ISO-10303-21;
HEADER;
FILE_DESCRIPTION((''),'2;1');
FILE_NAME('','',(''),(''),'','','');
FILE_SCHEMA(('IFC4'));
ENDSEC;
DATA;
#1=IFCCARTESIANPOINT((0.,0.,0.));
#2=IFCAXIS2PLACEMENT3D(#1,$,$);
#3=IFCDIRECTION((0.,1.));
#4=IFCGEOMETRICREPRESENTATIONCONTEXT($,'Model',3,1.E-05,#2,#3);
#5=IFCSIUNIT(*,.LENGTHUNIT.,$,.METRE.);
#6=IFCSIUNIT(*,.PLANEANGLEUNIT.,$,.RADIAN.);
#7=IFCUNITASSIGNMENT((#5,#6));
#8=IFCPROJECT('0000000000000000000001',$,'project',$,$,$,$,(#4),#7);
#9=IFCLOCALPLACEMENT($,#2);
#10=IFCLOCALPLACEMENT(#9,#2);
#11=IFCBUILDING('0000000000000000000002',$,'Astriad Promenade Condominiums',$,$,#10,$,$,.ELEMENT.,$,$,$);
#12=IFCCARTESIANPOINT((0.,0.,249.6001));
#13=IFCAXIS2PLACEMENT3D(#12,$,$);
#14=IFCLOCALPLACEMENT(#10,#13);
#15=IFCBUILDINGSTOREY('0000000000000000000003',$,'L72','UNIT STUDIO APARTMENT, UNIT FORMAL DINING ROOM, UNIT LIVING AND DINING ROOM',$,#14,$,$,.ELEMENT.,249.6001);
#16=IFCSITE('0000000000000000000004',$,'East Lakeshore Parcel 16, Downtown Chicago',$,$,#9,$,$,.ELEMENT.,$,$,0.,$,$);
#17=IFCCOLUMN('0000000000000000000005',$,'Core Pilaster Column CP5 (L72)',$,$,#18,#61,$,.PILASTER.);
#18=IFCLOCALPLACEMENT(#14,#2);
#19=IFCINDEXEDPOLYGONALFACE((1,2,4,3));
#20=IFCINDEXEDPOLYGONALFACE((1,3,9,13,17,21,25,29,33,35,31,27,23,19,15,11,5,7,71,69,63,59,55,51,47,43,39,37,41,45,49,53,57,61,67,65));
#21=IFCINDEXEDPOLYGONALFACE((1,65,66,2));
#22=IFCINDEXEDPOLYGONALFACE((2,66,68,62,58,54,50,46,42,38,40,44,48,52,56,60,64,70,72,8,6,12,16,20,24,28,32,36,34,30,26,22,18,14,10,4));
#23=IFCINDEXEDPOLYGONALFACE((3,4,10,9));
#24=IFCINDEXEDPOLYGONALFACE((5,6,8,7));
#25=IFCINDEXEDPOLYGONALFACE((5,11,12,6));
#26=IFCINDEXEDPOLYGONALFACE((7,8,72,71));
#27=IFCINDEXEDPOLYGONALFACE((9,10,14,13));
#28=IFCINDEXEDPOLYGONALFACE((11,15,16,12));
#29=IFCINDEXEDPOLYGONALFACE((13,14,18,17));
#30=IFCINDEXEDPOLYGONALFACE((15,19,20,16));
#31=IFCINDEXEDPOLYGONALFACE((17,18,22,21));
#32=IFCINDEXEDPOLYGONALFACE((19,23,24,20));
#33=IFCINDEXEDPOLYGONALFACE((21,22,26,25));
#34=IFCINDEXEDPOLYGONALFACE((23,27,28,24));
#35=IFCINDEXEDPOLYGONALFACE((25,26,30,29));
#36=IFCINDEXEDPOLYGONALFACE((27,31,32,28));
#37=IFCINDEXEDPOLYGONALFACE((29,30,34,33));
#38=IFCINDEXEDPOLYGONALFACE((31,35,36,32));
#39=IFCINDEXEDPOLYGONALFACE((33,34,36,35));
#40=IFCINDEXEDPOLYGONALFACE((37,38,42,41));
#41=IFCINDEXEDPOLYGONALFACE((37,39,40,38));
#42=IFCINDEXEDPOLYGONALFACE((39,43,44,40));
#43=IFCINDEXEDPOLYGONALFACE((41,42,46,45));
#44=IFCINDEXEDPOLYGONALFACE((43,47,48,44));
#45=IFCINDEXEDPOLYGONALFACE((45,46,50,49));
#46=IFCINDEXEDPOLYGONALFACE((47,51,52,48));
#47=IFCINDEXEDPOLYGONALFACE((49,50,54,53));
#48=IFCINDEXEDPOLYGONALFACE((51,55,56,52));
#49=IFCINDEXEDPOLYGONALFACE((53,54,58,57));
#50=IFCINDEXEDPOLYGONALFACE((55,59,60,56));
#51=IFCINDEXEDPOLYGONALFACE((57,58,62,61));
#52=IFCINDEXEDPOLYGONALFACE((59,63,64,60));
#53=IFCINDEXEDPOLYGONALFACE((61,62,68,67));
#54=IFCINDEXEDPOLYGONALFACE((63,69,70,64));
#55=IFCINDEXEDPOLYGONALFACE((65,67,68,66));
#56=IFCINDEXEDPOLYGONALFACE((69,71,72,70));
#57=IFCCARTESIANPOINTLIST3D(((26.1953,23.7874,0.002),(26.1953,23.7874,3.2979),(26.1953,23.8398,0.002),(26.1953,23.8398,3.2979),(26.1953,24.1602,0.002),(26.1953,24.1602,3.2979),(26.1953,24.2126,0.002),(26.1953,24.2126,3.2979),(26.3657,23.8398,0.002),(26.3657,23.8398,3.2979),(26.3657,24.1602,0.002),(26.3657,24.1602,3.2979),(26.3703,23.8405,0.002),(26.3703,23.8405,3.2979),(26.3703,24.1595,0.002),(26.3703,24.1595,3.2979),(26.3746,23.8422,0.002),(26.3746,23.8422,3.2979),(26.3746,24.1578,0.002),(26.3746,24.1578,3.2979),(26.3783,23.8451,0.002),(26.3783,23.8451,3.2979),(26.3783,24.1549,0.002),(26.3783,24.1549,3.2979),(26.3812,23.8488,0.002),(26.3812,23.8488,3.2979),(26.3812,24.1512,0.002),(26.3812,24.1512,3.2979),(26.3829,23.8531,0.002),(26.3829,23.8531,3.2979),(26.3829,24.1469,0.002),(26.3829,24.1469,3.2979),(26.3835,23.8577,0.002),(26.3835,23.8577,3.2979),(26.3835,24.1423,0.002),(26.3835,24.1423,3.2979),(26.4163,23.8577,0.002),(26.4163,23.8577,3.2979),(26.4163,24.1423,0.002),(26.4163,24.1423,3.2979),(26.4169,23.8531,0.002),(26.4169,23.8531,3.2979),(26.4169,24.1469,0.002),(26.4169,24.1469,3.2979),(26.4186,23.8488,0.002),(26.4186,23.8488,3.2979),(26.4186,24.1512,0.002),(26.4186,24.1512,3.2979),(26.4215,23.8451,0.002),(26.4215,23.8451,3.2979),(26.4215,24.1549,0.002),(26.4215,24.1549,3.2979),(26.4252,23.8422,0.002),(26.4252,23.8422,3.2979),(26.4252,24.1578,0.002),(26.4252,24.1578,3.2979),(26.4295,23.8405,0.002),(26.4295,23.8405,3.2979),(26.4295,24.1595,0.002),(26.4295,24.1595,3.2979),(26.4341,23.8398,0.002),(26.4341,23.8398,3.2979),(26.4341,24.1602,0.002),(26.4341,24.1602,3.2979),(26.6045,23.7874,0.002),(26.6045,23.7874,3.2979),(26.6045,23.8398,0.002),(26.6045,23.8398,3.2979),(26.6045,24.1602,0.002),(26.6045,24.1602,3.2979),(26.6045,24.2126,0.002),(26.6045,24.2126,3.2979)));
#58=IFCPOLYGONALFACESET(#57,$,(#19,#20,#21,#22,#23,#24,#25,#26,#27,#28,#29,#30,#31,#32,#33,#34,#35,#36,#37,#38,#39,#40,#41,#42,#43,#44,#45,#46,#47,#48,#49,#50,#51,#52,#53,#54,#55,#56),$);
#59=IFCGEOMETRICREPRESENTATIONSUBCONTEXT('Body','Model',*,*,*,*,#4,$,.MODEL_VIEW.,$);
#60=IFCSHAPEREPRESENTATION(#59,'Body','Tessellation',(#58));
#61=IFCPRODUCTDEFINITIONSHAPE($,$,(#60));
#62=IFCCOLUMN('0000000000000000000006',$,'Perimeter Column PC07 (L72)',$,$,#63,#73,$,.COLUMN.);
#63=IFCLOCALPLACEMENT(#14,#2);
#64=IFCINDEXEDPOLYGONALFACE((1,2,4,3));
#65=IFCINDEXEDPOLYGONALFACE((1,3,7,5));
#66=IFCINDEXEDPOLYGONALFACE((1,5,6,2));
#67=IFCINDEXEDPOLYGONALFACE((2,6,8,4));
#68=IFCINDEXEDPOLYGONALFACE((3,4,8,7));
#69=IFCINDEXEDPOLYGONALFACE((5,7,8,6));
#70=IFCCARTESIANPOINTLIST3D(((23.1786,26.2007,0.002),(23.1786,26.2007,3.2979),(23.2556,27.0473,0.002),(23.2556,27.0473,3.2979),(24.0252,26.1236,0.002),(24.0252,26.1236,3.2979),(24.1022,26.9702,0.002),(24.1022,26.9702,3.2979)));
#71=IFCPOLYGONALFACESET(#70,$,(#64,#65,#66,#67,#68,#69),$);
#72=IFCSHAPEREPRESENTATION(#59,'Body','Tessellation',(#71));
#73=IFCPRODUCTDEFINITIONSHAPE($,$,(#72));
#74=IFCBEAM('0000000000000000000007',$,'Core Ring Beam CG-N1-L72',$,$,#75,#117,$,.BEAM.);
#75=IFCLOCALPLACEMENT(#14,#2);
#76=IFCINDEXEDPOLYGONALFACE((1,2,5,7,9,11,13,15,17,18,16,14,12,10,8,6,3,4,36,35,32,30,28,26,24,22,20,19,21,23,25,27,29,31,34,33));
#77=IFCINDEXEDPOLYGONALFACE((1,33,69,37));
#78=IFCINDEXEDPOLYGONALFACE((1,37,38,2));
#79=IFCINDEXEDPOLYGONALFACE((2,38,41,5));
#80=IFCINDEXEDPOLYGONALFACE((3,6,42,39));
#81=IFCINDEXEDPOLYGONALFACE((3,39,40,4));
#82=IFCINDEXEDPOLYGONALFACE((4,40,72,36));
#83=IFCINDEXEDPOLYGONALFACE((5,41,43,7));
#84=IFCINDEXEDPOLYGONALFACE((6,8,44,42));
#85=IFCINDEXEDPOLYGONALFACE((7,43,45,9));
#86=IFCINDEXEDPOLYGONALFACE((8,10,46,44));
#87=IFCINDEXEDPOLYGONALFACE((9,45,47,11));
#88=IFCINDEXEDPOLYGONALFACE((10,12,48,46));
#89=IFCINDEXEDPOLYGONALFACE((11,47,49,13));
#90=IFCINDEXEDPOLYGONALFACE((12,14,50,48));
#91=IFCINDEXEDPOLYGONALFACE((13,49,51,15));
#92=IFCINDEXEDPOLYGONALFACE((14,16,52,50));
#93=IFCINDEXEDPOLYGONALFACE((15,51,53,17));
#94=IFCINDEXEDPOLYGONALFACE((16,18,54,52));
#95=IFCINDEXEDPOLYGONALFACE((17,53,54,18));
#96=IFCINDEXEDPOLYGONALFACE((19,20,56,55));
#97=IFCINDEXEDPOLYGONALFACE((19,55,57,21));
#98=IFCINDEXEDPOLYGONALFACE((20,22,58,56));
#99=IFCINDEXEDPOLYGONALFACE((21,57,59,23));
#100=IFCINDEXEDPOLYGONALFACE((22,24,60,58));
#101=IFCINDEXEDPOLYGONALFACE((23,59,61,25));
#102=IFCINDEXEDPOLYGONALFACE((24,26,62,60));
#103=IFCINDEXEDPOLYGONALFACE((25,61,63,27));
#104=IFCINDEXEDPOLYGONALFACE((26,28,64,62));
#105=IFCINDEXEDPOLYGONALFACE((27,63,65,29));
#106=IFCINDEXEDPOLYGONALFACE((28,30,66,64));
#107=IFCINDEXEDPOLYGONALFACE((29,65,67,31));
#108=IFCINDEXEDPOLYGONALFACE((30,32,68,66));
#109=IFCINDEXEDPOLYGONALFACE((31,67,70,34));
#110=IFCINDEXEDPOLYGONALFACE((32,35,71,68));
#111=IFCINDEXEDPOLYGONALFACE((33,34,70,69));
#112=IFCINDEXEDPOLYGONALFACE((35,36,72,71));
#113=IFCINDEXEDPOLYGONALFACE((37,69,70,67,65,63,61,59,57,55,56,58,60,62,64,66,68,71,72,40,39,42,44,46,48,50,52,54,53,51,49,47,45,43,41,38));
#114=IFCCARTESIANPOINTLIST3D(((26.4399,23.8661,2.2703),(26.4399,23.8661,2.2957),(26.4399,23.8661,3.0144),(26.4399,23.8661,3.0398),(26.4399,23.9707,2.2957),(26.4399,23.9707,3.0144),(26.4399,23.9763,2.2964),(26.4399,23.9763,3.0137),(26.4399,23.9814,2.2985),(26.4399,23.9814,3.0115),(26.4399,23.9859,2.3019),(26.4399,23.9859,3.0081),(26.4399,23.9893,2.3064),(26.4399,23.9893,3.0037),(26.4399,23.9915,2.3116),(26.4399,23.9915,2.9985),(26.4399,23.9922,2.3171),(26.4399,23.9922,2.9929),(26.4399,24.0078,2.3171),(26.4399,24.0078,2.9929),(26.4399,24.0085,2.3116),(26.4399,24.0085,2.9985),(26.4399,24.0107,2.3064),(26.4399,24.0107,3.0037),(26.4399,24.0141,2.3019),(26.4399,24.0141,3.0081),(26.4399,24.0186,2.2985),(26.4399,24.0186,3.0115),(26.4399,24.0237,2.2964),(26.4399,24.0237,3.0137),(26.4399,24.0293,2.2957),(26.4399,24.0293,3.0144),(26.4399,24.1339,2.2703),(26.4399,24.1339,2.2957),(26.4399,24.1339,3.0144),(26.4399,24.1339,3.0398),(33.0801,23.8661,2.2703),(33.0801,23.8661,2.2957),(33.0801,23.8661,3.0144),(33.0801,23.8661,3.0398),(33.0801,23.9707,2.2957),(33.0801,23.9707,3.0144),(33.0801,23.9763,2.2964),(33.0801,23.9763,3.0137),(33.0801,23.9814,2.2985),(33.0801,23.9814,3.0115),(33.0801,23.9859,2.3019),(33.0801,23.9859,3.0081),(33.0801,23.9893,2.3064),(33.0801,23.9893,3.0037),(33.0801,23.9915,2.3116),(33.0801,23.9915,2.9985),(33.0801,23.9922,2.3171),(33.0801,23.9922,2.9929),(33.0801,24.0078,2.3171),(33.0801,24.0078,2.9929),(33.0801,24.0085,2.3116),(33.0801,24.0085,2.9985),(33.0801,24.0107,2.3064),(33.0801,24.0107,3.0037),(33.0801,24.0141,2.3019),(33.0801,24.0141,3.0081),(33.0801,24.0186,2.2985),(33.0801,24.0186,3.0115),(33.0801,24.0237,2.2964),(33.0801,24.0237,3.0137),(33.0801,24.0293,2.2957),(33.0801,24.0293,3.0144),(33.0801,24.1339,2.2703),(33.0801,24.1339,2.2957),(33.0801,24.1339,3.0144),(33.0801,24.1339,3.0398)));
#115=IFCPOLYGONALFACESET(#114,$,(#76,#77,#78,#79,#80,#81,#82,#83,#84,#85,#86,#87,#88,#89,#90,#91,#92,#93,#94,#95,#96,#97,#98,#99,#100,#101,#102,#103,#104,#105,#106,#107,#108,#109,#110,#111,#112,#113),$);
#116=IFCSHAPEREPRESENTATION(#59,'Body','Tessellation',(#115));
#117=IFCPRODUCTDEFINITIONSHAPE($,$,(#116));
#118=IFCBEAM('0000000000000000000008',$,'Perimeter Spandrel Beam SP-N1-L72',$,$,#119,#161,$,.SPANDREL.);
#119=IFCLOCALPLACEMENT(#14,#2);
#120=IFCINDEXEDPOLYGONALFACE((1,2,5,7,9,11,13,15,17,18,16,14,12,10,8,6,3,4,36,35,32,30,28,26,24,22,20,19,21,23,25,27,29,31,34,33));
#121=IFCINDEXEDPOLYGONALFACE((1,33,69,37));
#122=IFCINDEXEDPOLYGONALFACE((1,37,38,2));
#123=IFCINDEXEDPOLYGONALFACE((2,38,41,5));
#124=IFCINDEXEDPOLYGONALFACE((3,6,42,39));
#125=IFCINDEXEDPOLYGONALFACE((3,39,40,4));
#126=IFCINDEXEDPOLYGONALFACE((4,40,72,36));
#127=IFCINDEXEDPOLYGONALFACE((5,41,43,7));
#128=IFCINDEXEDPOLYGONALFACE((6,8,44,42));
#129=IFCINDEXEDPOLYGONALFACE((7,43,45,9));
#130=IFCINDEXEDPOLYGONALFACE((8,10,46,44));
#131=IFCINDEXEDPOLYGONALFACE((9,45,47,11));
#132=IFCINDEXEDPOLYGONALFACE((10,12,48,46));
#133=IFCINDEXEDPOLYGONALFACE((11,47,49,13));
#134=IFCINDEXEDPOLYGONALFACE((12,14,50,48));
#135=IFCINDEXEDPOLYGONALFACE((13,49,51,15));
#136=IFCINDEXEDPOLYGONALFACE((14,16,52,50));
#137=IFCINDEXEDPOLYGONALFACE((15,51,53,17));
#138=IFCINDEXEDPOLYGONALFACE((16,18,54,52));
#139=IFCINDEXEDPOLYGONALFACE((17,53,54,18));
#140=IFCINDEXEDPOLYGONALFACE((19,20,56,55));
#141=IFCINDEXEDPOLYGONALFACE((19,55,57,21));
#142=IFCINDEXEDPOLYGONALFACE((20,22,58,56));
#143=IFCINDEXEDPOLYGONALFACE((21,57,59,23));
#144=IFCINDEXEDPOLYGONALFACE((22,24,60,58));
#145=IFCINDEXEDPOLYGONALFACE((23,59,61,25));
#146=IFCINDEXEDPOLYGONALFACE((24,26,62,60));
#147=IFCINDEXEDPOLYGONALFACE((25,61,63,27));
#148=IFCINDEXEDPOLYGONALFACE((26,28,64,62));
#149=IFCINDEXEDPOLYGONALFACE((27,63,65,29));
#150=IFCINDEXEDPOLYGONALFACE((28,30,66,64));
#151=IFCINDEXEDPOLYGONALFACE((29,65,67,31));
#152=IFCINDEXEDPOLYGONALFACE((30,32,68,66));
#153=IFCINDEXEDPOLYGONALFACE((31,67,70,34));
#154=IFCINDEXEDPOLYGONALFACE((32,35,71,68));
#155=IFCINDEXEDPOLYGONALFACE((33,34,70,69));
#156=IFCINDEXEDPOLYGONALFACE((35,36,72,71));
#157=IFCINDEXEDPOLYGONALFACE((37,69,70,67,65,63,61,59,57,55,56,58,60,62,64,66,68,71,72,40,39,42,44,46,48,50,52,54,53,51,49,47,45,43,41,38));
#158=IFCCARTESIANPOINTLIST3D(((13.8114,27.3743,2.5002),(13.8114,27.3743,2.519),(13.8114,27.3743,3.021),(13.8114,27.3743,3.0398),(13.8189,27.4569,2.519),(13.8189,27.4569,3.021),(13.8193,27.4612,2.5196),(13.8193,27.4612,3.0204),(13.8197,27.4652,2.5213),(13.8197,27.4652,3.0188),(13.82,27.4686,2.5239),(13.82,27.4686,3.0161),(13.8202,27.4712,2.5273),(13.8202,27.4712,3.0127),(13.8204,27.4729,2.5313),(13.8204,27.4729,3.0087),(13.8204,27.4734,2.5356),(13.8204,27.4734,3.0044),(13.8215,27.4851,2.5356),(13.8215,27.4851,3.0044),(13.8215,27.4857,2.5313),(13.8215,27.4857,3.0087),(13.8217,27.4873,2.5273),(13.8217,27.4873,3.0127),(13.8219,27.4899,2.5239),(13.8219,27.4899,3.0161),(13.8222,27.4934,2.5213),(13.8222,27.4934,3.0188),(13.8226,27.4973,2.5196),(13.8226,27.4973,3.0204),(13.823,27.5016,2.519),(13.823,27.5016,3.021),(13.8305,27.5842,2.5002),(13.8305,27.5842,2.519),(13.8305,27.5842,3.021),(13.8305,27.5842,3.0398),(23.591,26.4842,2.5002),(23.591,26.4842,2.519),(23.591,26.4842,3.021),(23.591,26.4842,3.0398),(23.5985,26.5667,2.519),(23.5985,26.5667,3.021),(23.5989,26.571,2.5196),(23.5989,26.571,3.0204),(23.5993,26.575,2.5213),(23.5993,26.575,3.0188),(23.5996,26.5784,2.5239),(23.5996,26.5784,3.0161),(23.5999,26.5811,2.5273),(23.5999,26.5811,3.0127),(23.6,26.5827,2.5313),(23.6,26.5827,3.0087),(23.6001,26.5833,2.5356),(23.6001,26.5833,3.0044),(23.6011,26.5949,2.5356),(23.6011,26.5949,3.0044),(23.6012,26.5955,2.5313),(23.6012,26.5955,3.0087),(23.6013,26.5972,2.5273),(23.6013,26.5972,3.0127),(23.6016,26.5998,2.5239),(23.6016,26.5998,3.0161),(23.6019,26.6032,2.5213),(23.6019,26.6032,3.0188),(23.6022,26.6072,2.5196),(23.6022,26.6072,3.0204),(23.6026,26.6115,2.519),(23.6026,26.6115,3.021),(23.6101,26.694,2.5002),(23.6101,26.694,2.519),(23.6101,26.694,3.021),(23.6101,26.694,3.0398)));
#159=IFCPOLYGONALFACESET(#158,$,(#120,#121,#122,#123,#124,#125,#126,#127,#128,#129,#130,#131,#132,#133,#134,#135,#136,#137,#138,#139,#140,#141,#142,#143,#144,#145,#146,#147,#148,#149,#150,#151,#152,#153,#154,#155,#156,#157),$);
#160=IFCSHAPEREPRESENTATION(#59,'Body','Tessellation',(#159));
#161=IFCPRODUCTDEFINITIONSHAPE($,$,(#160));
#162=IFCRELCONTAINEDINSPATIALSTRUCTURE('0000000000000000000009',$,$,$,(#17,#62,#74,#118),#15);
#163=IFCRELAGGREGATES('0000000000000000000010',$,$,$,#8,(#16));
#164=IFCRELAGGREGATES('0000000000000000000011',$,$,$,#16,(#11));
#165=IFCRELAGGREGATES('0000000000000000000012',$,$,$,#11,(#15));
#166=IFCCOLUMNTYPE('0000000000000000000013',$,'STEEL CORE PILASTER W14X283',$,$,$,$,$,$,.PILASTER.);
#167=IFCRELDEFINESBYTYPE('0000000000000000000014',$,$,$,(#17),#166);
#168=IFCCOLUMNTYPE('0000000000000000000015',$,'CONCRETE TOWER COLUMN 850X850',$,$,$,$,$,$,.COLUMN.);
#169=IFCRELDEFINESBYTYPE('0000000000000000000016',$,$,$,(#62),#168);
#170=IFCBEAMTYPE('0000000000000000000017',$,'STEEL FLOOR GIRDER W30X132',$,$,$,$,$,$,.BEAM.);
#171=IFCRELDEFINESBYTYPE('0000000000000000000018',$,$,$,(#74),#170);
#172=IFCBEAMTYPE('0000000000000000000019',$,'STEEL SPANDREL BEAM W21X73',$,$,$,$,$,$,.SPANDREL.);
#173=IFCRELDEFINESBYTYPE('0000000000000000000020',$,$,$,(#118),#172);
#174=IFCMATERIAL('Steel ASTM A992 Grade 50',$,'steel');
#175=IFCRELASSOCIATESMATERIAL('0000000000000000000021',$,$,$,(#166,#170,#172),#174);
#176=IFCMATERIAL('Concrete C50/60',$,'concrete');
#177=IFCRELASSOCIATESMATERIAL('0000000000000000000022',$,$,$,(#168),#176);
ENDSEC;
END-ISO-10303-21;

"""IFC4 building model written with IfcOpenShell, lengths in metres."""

from ifc_helpers import new_model, si_unit, direction, frame, origin, origin_2d, place, context, subcontext, project, spatial, rectangle, i_section, extrude, source, transform, mapped, material, material_profile, profile_set, type_object, type_shapes, element, save


model = new_model("IFC4")

# Units and contexts
model_context = context("Model", 3, precision=1e-05, world=origin(), true_north=direction((0.0, 1.0)))
body_context = subcontext(model_context, "Body", "Model", "MODEL_VIEW")
ifc_project = project(units=[si_unit("LENGTHUNIT", "METRE"), si_unit("PLANEANGLEUNIT", "RADIAN")], contexts=[model_context])

# Site, building, storey
site_placement = place(None, origin())
site = spatial("IfcSite", under=ifc_project, at=site_placement, Name="East Lakeshore Parcel 16, Downtown Chicago", CompositionType="ELEMENT", RefElevation=0.0)
building_placement = place(site_placement, origin())
building = spatial("IfcBuilding", under=site, at=building_placement, Name="Astriad Promenade Condominiums", CompositionType="ELEMENT")
storey_placement = place(building_placement, frame((0.0, 0.0, 249.6001)))
storey = spatial("IfcBuildingStorey", under=building, at=storey_placement, Name="L72", Description="UNIT STUDIO APARTMENT, UNIT FORMAL DINING ROOM, UNIT LIVING AND DINING ROOM", CompositionType="ELEMENT", Elevation=249.6001)

# Columns
ifc_material_1 = material(Name="Steel ASTM A992 Grade 50", Category="steel")
ifc_material_profile_1 = material_profile(ifc_material_1, i_section(OverallWidth=0.4092, OverallDepth=0.4253, WebThickness=0.0327, FlangeThickness=0.0525, FilletRadius=0.0178, at=origin_2d()), Name="W14X283")
ifc_profile_set_1 = profile_set([ifc_material_profile_1], Name="Steel ASTM A992 Grade 50")
column_type_1 = type_object("IfcColumnType", Name="STEEL CORE PILASTER W14X283", PredefinedType="PILASTER", material=ifc_profile_set_1)
shared_shape_1 = source(origin(), body_context, "Body", "SweptSolid", [
    extrude(i_section(OverallWidth=0.4092, OverallDepth=0.4253, WebThickness=0.0327, FlangeThickness=0.0525, FilletRadius=0.0178, at=origin_2d()), origin(), (0.0, 0.0, 1.0), 3.2959),
])
type_shapes(column_type_1, [shared_shape_1])
column_1_placement = place(storey_placement, frame((26.3999, 24.0, 0.002), z_axis=(0.0, 0.0, 1.0), x_axis=(1.0, 0.0, 0.0)))
element("IfcColumn", 1, at=column_1_placement, inside=storey, type_object=column_type_1, Name="Core Pilaster Column CP5 (L72)", PredefinedType="PILASTER", context=body_context, shape_type="MappedRepresentation", body=[
    mapped(shared_shape_1, transform((0.0, 0.0, 0.0), scale=1.0)),
])
ifc_material_2 = material(Name="Concrete C50/60", Category="concrete")
ifc_material_profile_2 = material_profile(ifc_material_2, rectangle(XDim=0.8501, YDim=0.8501, at=origin_2d()), Name="RC-COL-850X850")
ifc_profile_set_2 = profile_set([ifc_material_profile_2], Name="Concrete C50/60")
column_type_2 = type_object("IfcColumnType", Name="CONCRETE TOWER COLUMN 850X850", PredefinedType="COLUMN", material=ifc_profile_set_2)
shared_shape_2 = source(origin(), body_context, "Body", "SweptSolid", [
    extrude(rectangle(XDim=0.8501, YDim=0.8501, at=origin_2d()), origin(), (0.0, 0.0, 1.0), 3.2959),
])
type_shapes(column_type_2, [shared_shape_2])
column_2_placement = place(storey_placement, frame((23.6404, 26.5854, 0.002), z_axis=(0.0, 0.0, 1.0), x_axis=(0.995884, -0.090633, 0.0)))
element("IfcColumn", 2, at=column_2_placement, inside=storey, type_object=column_type_2, Name="Perimeter Column PC07 (L72)", PredefinedType="COLUMN", context=body_context, shape_type="MappedRepresentation", body=[
    mapped(shared_shape_2, transform((0.0, 0.0, 0.0), scale=1.0)),
])

# Beams
ifc_material_profile_3 = material_profile(ifc_material_1, i_section(OverallWidth=0.2678, OverallDepth=0.7695, WebThickness=0.0156, FlangeThickness=0.0254, FilletRadius=0.0215, at=origin_2d()), Name="W30X132")
ifc_profile_set_3 = profile_set([ifc_material_profile_3], Name="Steel ASTM A992 Grade 50")
beam_type_1 = type_object("IfcBeamType", Name="STEEL FLOOR GIRDER W30X132", PredefinedType="BEAM", material=ifc_profile_set_3)
shared_shape_3 = source(origin(), body_context, "Body", "SweptSolid", [
    extrude(i_section(OverallWidth=0.2678, OverallDepth=0.7695, WebThickness=0.0156, FlangeThickness=0.0254, FilletRadius=0.0215, at=origin_2d()), origin(), (0.0, 0.0, 1.0), 6.6401),
])
type_shapes(beam_type_1, [shared_shape_3])
beam_1_placement = place(storey_placement, frame((26.4399, 24.0, 2.655), z_axis=(1.0, 0.0, 0.0), x_axis=(0.0, 1.0, 0.0)))
element("IfcBeam", 3, at=beam_1_placement, inside=storey, type_object=beam_type_1, Name="Core Ring Beam CG-N1-L72", PredefinedType="BEAM", context=body_context, shape_type="MappedRepresentation", body=[
    mapped(shared_shape_3, transform((0.0, 0.0, 0.0), scale=1.0)),
])
ifc_material_profile_4 = material_profile(ifc_material_1, i_section(OverallWidth=0.2107, OverallDepth=0.5396, WebThickness=0.0117, FlangeThickness=0.0188, FilletRadius=0.0166, at=origin_2d()), Name="W21X73")
ifc_profile_set_4 = profile_set([ifc_material_profile_4], Name="Steel ASTM A992 Grade 50")
beam_type_2 = type_object("IfcBeamType", Name="STEEL SPANDREL BEAM W21X73", PredefinedType="SPANDREL", material=ifc_profile_set_4)
shared_shape_4 = source(origin(), body_context, "Body", "SweptSolid", [
    extrude(i_section(OverallWidth=0.2107, OverallDepth=0.5396, WebThickness=0.0117, FlangeThickness=0.0188, FilletRadius=0.0166, at=origin_2d()), origin(), (0.0, 0.0, 1.0), 9.8201),
])
type_shapes(beam_type_2, [shared_shape_4])
beam_2_placement = place(storey_placement, frame((23.6006, 26.5891, 2.77), z_axis=(-0.995883, 0.090646, 0.0), x_axis=(-0.090646, -0.995883, 0.0)))
element("IfcBeam", 4, at=beam_2_placement, inside=storey, type_object=beam_type_2, Name="Perimeter Spandrel Beam SP-N1-L72", PredefinedType="SPANDREL", context=body_context, shape_type="MappedRepresentation", body=[
    mapped(shared_shape_4, transform((0.0, 0.0, 0.0), scale=1.0)),
])

save(model, "model.ifc")
